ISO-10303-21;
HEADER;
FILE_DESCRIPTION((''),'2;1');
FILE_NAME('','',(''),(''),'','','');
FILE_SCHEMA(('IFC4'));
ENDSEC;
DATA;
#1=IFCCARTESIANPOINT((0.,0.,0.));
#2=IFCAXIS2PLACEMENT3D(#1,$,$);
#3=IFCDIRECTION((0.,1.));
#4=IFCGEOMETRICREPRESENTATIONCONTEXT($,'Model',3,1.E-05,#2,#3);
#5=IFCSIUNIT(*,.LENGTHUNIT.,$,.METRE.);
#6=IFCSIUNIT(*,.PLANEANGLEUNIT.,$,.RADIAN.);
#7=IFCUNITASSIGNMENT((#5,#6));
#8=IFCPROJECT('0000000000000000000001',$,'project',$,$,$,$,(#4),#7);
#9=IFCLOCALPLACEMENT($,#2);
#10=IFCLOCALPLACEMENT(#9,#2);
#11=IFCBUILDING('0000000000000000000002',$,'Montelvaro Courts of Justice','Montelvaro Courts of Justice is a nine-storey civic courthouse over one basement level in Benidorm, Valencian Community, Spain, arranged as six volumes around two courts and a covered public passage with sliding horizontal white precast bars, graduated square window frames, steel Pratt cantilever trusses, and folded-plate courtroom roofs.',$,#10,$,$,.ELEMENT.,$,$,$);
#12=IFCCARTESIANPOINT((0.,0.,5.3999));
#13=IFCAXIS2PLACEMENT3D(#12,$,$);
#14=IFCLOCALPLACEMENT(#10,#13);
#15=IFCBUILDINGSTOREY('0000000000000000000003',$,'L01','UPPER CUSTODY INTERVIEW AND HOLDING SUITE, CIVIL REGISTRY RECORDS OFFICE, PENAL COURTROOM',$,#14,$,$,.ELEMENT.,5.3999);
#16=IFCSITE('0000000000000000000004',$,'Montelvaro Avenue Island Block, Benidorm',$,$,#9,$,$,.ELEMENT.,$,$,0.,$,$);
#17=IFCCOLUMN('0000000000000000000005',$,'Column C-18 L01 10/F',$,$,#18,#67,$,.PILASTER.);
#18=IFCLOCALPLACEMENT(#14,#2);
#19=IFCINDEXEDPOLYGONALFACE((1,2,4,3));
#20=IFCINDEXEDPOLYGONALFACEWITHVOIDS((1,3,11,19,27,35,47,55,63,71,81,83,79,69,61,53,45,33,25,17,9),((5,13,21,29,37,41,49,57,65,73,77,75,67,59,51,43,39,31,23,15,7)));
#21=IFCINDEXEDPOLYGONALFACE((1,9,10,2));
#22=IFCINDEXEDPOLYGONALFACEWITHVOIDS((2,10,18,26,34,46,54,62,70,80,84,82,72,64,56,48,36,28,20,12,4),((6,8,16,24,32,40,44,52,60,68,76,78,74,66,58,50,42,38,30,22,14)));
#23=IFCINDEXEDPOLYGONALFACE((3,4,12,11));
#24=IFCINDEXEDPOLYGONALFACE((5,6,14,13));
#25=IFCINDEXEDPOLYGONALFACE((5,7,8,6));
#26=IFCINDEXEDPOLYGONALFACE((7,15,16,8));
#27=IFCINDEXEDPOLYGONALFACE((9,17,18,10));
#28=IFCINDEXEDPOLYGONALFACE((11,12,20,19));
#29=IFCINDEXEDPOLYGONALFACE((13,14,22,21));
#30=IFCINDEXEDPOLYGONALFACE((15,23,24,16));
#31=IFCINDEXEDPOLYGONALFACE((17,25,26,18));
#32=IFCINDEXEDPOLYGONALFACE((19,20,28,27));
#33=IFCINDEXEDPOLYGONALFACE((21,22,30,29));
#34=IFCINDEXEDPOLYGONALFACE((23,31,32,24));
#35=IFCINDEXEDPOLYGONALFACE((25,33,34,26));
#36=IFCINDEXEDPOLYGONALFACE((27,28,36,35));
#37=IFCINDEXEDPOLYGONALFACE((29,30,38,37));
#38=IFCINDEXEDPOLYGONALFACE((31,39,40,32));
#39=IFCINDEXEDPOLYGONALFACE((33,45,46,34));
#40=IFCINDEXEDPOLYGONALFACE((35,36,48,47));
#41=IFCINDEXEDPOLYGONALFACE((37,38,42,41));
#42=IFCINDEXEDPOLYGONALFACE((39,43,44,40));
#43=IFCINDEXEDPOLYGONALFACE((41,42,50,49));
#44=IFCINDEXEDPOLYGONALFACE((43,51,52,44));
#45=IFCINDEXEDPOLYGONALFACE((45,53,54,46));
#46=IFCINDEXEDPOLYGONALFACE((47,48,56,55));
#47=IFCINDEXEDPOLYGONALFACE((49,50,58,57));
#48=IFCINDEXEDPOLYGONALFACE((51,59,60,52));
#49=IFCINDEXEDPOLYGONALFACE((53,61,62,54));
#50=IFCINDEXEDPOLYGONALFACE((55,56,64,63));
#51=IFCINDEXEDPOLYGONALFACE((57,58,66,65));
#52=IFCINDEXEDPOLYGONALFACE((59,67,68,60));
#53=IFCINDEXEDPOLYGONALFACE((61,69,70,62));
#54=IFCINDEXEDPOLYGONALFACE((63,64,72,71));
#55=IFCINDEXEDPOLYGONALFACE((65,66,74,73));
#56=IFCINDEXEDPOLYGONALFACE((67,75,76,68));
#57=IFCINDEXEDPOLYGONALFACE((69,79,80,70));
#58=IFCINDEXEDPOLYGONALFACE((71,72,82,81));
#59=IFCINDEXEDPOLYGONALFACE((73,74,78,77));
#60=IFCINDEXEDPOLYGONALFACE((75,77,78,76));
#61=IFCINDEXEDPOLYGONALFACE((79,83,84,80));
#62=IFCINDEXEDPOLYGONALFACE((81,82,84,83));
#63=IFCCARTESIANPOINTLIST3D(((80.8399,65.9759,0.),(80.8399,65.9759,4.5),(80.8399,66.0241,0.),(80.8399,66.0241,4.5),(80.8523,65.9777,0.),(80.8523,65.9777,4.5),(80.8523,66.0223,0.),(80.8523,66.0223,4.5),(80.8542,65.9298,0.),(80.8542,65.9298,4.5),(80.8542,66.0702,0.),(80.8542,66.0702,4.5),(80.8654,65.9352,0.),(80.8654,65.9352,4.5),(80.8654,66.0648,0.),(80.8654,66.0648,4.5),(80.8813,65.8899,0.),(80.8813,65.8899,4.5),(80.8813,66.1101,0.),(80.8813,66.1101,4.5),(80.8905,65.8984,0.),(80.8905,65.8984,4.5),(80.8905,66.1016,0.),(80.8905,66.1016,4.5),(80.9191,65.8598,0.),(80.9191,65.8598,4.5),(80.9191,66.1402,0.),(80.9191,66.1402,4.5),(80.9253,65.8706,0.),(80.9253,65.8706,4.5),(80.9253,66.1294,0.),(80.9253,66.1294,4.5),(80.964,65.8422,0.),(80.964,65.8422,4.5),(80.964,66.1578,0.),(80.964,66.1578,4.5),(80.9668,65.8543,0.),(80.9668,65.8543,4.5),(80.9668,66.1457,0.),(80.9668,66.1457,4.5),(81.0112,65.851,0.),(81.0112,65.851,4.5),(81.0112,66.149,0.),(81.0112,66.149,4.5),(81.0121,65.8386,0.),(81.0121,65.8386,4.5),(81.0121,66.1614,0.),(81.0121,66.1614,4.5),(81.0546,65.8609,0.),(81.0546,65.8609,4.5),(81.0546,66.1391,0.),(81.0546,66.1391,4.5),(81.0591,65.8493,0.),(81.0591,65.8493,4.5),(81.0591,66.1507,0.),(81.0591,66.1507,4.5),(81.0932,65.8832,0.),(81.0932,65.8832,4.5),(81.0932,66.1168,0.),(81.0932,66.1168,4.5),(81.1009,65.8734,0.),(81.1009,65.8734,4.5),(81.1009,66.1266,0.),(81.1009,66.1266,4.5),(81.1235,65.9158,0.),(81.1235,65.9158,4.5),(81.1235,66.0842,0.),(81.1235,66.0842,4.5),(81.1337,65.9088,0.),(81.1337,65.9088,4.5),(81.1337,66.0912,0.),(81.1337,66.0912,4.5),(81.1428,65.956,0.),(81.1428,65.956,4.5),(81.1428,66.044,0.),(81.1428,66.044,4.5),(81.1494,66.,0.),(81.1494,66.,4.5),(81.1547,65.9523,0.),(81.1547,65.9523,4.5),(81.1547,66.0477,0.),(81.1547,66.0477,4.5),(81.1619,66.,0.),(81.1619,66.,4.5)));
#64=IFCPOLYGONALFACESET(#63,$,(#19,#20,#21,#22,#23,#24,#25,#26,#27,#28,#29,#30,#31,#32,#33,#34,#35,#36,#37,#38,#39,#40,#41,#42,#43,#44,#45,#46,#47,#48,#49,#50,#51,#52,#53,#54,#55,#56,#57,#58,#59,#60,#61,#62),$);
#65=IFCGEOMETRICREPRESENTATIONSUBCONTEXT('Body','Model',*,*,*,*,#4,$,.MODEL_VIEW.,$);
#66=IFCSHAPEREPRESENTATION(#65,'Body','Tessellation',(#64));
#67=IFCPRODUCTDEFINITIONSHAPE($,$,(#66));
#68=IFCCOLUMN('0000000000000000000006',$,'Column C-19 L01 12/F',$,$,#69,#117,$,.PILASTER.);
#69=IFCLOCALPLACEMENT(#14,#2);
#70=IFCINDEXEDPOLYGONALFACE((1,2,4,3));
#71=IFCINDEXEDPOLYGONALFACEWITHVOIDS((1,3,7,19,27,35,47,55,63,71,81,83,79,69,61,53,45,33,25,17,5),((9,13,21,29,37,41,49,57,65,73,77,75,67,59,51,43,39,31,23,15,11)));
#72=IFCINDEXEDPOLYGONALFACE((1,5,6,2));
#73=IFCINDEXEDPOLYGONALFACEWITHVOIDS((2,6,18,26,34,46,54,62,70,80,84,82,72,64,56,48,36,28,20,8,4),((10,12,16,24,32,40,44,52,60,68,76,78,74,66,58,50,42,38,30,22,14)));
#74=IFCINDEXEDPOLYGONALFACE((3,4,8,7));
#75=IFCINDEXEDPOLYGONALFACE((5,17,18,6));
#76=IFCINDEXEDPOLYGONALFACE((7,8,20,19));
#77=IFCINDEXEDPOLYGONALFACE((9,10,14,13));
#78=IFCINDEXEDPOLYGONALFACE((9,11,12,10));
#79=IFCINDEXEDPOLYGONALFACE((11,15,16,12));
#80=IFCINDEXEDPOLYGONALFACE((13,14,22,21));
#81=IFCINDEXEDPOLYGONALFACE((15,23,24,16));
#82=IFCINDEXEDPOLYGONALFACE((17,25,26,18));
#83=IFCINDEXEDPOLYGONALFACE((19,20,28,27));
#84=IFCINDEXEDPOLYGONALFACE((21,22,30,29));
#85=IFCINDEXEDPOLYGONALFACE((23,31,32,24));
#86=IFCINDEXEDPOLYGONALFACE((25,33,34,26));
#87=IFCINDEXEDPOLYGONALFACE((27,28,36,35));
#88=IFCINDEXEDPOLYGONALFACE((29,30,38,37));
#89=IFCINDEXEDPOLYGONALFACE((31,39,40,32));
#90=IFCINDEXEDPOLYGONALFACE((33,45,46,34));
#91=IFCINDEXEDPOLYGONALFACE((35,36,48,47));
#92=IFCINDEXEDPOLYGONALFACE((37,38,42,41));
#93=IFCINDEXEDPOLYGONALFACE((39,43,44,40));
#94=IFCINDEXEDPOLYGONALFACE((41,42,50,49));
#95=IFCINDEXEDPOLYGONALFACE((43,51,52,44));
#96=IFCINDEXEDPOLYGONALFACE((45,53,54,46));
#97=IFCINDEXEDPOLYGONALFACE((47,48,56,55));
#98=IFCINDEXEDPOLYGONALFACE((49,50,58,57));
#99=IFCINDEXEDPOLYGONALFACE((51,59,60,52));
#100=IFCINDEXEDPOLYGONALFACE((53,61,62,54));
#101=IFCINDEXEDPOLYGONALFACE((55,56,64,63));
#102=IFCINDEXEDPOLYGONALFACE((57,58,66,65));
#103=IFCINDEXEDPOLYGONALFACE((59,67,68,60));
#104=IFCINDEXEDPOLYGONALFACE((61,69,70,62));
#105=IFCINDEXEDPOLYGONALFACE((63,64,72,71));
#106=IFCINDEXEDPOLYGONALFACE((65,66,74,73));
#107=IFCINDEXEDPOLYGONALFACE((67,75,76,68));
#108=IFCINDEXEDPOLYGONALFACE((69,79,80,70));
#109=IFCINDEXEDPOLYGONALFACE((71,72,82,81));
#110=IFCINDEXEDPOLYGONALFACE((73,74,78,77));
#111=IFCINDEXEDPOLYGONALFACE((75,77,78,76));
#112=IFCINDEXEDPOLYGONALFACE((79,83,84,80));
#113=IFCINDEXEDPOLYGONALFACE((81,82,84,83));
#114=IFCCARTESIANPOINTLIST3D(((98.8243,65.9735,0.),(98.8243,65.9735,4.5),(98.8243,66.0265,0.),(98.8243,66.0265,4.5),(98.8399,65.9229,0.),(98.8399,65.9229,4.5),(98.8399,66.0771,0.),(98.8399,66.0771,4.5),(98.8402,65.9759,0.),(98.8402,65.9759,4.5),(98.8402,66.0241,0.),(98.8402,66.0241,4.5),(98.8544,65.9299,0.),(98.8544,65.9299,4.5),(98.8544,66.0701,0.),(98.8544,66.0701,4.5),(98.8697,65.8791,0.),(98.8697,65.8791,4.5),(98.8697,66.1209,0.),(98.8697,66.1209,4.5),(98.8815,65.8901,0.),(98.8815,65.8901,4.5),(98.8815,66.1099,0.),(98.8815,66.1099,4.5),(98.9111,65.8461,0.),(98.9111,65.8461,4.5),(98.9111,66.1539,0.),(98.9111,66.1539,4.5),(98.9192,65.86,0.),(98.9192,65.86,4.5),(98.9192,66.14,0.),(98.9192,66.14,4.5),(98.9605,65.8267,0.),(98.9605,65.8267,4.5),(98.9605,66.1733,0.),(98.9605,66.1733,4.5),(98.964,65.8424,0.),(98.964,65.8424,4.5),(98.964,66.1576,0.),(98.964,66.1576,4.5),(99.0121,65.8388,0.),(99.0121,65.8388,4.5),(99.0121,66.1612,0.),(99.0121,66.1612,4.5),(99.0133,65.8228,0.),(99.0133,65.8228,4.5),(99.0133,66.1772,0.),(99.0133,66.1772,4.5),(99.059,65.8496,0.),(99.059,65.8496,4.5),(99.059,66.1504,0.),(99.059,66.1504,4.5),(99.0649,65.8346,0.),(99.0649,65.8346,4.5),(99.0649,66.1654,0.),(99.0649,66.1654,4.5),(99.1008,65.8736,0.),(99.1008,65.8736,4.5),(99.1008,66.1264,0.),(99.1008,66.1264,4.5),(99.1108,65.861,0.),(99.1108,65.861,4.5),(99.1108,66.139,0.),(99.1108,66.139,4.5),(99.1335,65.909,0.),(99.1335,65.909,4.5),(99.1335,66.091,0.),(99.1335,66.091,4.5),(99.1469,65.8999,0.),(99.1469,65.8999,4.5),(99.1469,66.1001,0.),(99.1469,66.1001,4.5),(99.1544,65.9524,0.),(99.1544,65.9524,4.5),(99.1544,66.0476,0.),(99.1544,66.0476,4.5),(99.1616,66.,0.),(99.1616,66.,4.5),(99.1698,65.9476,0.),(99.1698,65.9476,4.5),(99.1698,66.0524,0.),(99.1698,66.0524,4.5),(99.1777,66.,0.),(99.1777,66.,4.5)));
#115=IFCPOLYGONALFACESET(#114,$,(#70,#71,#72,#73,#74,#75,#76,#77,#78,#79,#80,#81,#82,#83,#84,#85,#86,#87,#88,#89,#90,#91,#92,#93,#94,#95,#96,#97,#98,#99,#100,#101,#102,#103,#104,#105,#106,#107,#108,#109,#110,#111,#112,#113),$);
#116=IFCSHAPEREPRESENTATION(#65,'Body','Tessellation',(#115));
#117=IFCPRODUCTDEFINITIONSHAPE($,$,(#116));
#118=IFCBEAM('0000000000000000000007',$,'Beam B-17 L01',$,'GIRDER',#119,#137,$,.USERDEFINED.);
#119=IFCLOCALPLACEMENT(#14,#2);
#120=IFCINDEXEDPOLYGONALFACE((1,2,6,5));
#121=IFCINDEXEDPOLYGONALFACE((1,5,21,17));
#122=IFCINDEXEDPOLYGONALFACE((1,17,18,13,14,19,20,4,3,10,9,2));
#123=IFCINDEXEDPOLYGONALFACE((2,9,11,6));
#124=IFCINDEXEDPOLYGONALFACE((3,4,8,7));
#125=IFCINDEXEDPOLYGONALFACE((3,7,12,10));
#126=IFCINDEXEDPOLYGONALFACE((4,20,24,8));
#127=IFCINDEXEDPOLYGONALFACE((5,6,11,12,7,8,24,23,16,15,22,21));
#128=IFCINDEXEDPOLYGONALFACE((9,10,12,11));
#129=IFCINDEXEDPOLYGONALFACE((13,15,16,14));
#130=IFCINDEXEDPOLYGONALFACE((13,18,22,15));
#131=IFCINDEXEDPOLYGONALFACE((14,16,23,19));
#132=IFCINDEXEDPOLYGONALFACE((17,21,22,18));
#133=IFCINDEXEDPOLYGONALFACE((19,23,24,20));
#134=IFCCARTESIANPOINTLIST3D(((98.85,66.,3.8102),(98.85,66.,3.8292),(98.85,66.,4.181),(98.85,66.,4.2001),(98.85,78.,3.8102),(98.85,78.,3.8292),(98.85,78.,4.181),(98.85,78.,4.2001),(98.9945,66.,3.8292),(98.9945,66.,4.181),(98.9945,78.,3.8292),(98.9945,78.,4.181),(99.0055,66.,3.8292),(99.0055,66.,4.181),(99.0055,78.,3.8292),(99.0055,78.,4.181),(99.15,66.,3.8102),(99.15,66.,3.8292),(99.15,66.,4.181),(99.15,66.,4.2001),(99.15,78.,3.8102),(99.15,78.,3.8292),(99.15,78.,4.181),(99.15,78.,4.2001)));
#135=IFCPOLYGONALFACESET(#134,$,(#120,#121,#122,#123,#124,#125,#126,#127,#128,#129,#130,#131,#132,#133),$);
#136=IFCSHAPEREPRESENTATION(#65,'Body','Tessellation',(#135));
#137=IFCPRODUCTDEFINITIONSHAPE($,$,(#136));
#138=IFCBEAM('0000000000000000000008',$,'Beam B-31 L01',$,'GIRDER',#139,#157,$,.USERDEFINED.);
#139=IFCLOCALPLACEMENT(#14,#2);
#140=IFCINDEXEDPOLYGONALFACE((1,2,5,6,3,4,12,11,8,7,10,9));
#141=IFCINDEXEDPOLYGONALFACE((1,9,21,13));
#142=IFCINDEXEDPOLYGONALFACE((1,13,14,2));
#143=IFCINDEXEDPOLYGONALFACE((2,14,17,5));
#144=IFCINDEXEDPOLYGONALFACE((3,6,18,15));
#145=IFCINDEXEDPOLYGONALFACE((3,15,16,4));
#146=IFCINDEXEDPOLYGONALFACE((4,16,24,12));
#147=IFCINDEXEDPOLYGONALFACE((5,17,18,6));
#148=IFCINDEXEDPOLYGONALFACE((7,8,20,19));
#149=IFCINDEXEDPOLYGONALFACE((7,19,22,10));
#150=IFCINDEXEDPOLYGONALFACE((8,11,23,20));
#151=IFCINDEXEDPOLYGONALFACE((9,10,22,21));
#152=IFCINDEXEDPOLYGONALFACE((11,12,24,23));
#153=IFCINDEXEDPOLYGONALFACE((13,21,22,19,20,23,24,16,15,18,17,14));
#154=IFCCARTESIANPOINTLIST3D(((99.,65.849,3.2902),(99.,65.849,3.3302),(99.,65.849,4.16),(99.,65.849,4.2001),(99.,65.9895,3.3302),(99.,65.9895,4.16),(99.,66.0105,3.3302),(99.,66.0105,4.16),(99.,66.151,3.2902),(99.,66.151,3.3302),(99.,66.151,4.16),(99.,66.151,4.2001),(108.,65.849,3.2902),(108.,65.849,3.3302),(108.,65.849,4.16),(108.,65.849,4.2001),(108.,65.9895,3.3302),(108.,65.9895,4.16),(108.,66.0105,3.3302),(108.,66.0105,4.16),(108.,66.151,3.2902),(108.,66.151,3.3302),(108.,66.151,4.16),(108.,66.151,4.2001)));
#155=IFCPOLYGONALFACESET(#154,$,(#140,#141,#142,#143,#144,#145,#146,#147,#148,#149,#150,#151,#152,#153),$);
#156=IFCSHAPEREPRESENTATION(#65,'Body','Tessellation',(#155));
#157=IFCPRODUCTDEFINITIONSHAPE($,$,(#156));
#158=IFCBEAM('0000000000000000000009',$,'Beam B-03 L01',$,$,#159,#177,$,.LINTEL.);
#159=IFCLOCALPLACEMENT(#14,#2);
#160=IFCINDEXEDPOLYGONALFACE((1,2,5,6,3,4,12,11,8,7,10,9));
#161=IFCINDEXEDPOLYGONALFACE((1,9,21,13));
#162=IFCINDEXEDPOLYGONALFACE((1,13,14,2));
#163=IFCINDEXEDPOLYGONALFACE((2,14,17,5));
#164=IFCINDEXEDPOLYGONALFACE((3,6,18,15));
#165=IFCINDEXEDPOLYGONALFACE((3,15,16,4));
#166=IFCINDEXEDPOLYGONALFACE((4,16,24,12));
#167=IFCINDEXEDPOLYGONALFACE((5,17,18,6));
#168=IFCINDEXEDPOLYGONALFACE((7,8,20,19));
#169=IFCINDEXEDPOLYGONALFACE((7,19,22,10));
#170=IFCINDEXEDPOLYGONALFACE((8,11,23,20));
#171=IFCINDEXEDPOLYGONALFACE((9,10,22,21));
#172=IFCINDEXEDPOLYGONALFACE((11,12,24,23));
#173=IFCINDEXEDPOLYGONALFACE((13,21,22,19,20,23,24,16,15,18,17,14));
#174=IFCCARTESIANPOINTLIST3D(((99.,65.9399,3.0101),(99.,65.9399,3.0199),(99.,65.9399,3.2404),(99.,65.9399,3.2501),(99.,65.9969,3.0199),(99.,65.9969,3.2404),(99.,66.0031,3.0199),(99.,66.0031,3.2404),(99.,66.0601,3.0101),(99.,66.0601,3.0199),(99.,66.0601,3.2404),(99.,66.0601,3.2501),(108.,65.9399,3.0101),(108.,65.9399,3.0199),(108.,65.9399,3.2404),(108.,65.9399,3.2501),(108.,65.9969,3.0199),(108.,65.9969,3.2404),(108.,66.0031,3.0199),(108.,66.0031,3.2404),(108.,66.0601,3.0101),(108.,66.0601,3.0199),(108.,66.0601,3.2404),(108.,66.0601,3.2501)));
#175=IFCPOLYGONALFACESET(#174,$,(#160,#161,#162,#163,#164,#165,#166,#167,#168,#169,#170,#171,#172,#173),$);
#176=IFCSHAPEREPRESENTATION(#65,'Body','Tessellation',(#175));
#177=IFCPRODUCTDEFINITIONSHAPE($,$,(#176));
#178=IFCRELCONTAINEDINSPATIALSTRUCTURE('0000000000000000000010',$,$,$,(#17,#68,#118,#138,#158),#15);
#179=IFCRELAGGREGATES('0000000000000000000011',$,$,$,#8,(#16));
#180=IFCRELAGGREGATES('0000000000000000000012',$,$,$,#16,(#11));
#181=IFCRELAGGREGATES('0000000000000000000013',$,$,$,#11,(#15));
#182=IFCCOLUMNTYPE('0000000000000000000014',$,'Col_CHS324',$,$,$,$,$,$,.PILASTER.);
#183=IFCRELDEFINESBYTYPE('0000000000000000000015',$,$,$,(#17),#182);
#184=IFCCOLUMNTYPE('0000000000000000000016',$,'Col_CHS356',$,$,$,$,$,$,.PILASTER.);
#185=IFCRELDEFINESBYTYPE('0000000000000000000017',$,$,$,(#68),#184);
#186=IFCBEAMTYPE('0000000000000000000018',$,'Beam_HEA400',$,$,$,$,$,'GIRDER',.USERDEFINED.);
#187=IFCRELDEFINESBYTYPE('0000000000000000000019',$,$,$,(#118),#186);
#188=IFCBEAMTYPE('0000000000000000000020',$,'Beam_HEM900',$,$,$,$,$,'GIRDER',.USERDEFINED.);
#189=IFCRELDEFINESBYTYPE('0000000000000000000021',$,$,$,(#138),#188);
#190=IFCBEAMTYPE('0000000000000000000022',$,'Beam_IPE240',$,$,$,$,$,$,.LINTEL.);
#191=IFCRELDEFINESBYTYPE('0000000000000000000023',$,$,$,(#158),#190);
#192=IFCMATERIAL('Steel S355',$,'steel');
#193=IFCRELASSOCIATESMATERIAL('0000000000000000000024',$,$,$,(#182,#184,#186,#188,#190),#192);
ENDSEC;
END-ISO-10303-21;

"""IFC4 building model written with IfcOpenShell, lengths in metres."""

from ifc_helpers import new_model, si_unit, direction, frame, origin, origin_2d, place, context, subcontext, project, spatial, hollow_circle, i_section, extrude, material, material_profile, profile_set, type_object, element, save


model = new_model("IFC4")

# Units and contexts
model_context = context("Model", 3, precision=1e-05, world=origin(), true_north=direction((0.0, 1.0)))
body_context = subcontext(model_context, "Body", "Model", "MODEL_VIEW")
ifc_project = project(units=[si_unit("LENGTHUNIT", "METRE"), si_unit("PLANEANGLEUNIT", "RADIAN")], contexts=[model_context])

# Site, building, storey
site_placement = place(None, origin())
site = spatial("IfcSite", under=ifc_project, at=site_placement, Name="Montelvaro Avenue Island Block, Benidorm", CompositionType="ELEMENT", RefElevation=0.0)
building_placement = place(site_placement, origin())
building = spatial("IfcBuilding", under=site, at=building_placement, Name="Montelvaro Courts of Justice", Description="Montelvaro Courts of Justice is a nine-storey civic courthouse over one basement level in Benidorm, Valencian Community, Spain, arranged as six volumes around two courts and a covered public passage with sliding horizontal white precast bars, graduated square window frames, steel Pratt cantilever trusses, and folded-plate courtroom roofs.", CompositionType="ELEMENT")
storey_placement = place(building_placement, frame((0.0, 0.0, 5.3999)))
storey = spatial("IfcBuildingStorey", under=building, at=storey_placement, Name="L01", Description="UPPER CUSTODY INTERVIEW AND HOLDING SUITE, CIVIL REGISTRY RECORDS OFFICE, PENAL COURTROOM", CompositionType="ELEMENT", Elevation=5.3999)

# Columns
ifc_material_1 = material(Name="Steel S355", Category="steel")
ifc_material_profile_1 = material_profile(ifc_material_1, hollow_circle(Radius=0.1619, WallThickness=0.0125, at=origin_2d()), Name="CHS 323.9x12.5")
ifc_profile_set_1 = profile_set([ifc_material_profile_1], Name="Steel S355")
column_type_1 = type_object("IfcColumnType", Name="Col_CHS324", PredefinedType="PILASTER", material=ifc_profile_set_1)
column_1_placement = place(storey_placement, frame((81.0, 66.0, 0.0), z_axis=(0.0, 0.0, 1.0), x_axis=(1.0, 0.0, 0.0)))
element("IfcColumn", 1, at=column_1_placement, inside=storey, type_object=column_type_1, Name="Column C-18 L01 10/F", PredefinedType="PILASTER", context=body_context, shape_type="SweptSolid", body=[
    extrude(hollow_circle(Radius=0.1619, WallThickness=0.0125, at=origin_2d()), origin(), (0.0, 0.0, 1.0), 4.5),
])
ifc_material_profile_2 = material_profile(ifc_material_1, hollow_circle(Radius=0.1777, WallThickness=0.0161, at=origin_2d()), Name="CHS 355.6x16")
ifc_profile_set_2 = profile_set([ifc_material_profile_2], Name="Steel S355")
column_type_2 = type_object("IfcColumnType", Name="Col_CHS356", PredefinedType="PILASTER", material=ifc_profile_set_2)
column_2_placement = place(storey_placement, frame((99.0, 66.0, 0.0), z_axis=(0.0, 0.0, 1.0), x_axis=(1.0, 0.0, 0.0)))
element("IfcColumn", 2, at=column_2_placement, inside=storey, type_object=column_type_2, Name="Column C-19 L01 12/F", PredefinedType="PILASTER", context=body_context, shape_type="SweptSolid", body=[
    extrude(hollow_circle(Radius=0.1777, WallThickness=0.0161, at=origin_2d()), origin(), (0.0, 0.0, 1.0), 4.5),
])

# Beams
ifc_material_profile_3 = material_profile(ifc_material_1, i_section(OverallWidth=0.3, OverallDepth=0.3899, WebThickness=0.011, FlangeThickness=0.019, at=origin_2d()), Name="HEA 400")
ifc_profile_set_3 = profile_set([ifc_material_profile_3], Name="Steel S355")
beam_type_1 = type_object("IfcBeamType", Name="Beam_HEA400", ElementType="GIRDER", PredefinedType="USERDEFINED", material=ifc_profile_set_3)
beam_1_placement = place(storey_placement, frame((99.0, 66.0, 4.0051), z_axis=(0.0, 1.0, 0.0), x_axis=(-1.0, 0.0, 0.0)))
element("IfcBeam", 3, at=beam_1_placement, inside=storey, type_object=beam_type_1, Name="Beam B-17 L01", ObjectType="GIRDER", PredefinedType="USERDEFINED", context=body_context, shape_type="SweptSolid", body=[
    extrude(i_section(OverallWidth=0.3, OverallDepth=0.3899, WebThickness=0.011, FlangeThickness=0.019, at=origin_2d()), origin(), (0.0, 0.0, 1.0), 12.0),
])
ifc_material_profile_4 = material_profile(ifc_material_1, i_section(OverallWidth=0.302, OverallDepth=0.9099, WebThickness=0.021, FlangeThickness=0.04, at=origin_2d()), Name="HEM 900")
ifc_profile_set_4 = profile_set([ifc_material_profile_4], Name="Steel S355")
beam_type_2 = type_object("IfcBeamType", Name="Beam_HEM900", ElementType="GIRDER", PredefinedType="USERDEFINED", material=ifc_profile_set_4)
beam_2_placement = place(storey_placement, frame((99.0, 66.0, 3.7451), z_axis=(1.0, 0.0, 0.0), x_axis=(0.0, 1.0, 0.0)))
element("IfcBeam", 4, at=beam_2_placement, inside=storey, type_object=beam_type_2, Name="Beam B-31 L01", ObjectType="GIRDER", PredefinedType="USERDEFINED", context=body_context, shape_type="SweptSolid", body=[
    extrude(i_section(OverallWidth=0.302, OverallDepth=0.9099, WebThickness=0.021, FlangeThickness=0.04, at=origin_2d()), origin(), (0.0, 0.0, 1.0), 9.0),
])
ifc_material_profile_5 = material_profile(ifc_material_1, i_section(OverallWidth=0.1201, OverallDepth=0.24, WebThickness=0.0061, FlangeThickness=0.0098, at=origin_2d()), Name="IPE 240")
ifc_profile_set_5 = profile_set([ifc_material_profile_5], Name="Steel S355")
beam_type_3 = type_object("IfcBeamType", Name="Beam_IPE240", PredefinedType="LINTEL", material=ifc_profile_set_5)
beam_3_placement = place(storey_placement, frame((99.0, 66.0, 3.1301), z_axis=(1.0, 0.0, 0.0), x_axis=(0.0, 1.0, 0.0)))
element("IfcBeam", 5, at=beam_3_placement, inside=storey, type_object=beam_type_3, Name="Beam B-03 L01", PredefinedType="LINTEL", context=body_context, shape_type="SweptSolid", body=[
    extrude(i_section(OverallWidth=0.1201, OverallDepth=0.24, WebThickness=0.0061, FlangeThickness=0.0098, at=origin_2d()), origin(), (0.0, 0.0, 1.0), 9.0),
])

save(model, "model.ifc")
